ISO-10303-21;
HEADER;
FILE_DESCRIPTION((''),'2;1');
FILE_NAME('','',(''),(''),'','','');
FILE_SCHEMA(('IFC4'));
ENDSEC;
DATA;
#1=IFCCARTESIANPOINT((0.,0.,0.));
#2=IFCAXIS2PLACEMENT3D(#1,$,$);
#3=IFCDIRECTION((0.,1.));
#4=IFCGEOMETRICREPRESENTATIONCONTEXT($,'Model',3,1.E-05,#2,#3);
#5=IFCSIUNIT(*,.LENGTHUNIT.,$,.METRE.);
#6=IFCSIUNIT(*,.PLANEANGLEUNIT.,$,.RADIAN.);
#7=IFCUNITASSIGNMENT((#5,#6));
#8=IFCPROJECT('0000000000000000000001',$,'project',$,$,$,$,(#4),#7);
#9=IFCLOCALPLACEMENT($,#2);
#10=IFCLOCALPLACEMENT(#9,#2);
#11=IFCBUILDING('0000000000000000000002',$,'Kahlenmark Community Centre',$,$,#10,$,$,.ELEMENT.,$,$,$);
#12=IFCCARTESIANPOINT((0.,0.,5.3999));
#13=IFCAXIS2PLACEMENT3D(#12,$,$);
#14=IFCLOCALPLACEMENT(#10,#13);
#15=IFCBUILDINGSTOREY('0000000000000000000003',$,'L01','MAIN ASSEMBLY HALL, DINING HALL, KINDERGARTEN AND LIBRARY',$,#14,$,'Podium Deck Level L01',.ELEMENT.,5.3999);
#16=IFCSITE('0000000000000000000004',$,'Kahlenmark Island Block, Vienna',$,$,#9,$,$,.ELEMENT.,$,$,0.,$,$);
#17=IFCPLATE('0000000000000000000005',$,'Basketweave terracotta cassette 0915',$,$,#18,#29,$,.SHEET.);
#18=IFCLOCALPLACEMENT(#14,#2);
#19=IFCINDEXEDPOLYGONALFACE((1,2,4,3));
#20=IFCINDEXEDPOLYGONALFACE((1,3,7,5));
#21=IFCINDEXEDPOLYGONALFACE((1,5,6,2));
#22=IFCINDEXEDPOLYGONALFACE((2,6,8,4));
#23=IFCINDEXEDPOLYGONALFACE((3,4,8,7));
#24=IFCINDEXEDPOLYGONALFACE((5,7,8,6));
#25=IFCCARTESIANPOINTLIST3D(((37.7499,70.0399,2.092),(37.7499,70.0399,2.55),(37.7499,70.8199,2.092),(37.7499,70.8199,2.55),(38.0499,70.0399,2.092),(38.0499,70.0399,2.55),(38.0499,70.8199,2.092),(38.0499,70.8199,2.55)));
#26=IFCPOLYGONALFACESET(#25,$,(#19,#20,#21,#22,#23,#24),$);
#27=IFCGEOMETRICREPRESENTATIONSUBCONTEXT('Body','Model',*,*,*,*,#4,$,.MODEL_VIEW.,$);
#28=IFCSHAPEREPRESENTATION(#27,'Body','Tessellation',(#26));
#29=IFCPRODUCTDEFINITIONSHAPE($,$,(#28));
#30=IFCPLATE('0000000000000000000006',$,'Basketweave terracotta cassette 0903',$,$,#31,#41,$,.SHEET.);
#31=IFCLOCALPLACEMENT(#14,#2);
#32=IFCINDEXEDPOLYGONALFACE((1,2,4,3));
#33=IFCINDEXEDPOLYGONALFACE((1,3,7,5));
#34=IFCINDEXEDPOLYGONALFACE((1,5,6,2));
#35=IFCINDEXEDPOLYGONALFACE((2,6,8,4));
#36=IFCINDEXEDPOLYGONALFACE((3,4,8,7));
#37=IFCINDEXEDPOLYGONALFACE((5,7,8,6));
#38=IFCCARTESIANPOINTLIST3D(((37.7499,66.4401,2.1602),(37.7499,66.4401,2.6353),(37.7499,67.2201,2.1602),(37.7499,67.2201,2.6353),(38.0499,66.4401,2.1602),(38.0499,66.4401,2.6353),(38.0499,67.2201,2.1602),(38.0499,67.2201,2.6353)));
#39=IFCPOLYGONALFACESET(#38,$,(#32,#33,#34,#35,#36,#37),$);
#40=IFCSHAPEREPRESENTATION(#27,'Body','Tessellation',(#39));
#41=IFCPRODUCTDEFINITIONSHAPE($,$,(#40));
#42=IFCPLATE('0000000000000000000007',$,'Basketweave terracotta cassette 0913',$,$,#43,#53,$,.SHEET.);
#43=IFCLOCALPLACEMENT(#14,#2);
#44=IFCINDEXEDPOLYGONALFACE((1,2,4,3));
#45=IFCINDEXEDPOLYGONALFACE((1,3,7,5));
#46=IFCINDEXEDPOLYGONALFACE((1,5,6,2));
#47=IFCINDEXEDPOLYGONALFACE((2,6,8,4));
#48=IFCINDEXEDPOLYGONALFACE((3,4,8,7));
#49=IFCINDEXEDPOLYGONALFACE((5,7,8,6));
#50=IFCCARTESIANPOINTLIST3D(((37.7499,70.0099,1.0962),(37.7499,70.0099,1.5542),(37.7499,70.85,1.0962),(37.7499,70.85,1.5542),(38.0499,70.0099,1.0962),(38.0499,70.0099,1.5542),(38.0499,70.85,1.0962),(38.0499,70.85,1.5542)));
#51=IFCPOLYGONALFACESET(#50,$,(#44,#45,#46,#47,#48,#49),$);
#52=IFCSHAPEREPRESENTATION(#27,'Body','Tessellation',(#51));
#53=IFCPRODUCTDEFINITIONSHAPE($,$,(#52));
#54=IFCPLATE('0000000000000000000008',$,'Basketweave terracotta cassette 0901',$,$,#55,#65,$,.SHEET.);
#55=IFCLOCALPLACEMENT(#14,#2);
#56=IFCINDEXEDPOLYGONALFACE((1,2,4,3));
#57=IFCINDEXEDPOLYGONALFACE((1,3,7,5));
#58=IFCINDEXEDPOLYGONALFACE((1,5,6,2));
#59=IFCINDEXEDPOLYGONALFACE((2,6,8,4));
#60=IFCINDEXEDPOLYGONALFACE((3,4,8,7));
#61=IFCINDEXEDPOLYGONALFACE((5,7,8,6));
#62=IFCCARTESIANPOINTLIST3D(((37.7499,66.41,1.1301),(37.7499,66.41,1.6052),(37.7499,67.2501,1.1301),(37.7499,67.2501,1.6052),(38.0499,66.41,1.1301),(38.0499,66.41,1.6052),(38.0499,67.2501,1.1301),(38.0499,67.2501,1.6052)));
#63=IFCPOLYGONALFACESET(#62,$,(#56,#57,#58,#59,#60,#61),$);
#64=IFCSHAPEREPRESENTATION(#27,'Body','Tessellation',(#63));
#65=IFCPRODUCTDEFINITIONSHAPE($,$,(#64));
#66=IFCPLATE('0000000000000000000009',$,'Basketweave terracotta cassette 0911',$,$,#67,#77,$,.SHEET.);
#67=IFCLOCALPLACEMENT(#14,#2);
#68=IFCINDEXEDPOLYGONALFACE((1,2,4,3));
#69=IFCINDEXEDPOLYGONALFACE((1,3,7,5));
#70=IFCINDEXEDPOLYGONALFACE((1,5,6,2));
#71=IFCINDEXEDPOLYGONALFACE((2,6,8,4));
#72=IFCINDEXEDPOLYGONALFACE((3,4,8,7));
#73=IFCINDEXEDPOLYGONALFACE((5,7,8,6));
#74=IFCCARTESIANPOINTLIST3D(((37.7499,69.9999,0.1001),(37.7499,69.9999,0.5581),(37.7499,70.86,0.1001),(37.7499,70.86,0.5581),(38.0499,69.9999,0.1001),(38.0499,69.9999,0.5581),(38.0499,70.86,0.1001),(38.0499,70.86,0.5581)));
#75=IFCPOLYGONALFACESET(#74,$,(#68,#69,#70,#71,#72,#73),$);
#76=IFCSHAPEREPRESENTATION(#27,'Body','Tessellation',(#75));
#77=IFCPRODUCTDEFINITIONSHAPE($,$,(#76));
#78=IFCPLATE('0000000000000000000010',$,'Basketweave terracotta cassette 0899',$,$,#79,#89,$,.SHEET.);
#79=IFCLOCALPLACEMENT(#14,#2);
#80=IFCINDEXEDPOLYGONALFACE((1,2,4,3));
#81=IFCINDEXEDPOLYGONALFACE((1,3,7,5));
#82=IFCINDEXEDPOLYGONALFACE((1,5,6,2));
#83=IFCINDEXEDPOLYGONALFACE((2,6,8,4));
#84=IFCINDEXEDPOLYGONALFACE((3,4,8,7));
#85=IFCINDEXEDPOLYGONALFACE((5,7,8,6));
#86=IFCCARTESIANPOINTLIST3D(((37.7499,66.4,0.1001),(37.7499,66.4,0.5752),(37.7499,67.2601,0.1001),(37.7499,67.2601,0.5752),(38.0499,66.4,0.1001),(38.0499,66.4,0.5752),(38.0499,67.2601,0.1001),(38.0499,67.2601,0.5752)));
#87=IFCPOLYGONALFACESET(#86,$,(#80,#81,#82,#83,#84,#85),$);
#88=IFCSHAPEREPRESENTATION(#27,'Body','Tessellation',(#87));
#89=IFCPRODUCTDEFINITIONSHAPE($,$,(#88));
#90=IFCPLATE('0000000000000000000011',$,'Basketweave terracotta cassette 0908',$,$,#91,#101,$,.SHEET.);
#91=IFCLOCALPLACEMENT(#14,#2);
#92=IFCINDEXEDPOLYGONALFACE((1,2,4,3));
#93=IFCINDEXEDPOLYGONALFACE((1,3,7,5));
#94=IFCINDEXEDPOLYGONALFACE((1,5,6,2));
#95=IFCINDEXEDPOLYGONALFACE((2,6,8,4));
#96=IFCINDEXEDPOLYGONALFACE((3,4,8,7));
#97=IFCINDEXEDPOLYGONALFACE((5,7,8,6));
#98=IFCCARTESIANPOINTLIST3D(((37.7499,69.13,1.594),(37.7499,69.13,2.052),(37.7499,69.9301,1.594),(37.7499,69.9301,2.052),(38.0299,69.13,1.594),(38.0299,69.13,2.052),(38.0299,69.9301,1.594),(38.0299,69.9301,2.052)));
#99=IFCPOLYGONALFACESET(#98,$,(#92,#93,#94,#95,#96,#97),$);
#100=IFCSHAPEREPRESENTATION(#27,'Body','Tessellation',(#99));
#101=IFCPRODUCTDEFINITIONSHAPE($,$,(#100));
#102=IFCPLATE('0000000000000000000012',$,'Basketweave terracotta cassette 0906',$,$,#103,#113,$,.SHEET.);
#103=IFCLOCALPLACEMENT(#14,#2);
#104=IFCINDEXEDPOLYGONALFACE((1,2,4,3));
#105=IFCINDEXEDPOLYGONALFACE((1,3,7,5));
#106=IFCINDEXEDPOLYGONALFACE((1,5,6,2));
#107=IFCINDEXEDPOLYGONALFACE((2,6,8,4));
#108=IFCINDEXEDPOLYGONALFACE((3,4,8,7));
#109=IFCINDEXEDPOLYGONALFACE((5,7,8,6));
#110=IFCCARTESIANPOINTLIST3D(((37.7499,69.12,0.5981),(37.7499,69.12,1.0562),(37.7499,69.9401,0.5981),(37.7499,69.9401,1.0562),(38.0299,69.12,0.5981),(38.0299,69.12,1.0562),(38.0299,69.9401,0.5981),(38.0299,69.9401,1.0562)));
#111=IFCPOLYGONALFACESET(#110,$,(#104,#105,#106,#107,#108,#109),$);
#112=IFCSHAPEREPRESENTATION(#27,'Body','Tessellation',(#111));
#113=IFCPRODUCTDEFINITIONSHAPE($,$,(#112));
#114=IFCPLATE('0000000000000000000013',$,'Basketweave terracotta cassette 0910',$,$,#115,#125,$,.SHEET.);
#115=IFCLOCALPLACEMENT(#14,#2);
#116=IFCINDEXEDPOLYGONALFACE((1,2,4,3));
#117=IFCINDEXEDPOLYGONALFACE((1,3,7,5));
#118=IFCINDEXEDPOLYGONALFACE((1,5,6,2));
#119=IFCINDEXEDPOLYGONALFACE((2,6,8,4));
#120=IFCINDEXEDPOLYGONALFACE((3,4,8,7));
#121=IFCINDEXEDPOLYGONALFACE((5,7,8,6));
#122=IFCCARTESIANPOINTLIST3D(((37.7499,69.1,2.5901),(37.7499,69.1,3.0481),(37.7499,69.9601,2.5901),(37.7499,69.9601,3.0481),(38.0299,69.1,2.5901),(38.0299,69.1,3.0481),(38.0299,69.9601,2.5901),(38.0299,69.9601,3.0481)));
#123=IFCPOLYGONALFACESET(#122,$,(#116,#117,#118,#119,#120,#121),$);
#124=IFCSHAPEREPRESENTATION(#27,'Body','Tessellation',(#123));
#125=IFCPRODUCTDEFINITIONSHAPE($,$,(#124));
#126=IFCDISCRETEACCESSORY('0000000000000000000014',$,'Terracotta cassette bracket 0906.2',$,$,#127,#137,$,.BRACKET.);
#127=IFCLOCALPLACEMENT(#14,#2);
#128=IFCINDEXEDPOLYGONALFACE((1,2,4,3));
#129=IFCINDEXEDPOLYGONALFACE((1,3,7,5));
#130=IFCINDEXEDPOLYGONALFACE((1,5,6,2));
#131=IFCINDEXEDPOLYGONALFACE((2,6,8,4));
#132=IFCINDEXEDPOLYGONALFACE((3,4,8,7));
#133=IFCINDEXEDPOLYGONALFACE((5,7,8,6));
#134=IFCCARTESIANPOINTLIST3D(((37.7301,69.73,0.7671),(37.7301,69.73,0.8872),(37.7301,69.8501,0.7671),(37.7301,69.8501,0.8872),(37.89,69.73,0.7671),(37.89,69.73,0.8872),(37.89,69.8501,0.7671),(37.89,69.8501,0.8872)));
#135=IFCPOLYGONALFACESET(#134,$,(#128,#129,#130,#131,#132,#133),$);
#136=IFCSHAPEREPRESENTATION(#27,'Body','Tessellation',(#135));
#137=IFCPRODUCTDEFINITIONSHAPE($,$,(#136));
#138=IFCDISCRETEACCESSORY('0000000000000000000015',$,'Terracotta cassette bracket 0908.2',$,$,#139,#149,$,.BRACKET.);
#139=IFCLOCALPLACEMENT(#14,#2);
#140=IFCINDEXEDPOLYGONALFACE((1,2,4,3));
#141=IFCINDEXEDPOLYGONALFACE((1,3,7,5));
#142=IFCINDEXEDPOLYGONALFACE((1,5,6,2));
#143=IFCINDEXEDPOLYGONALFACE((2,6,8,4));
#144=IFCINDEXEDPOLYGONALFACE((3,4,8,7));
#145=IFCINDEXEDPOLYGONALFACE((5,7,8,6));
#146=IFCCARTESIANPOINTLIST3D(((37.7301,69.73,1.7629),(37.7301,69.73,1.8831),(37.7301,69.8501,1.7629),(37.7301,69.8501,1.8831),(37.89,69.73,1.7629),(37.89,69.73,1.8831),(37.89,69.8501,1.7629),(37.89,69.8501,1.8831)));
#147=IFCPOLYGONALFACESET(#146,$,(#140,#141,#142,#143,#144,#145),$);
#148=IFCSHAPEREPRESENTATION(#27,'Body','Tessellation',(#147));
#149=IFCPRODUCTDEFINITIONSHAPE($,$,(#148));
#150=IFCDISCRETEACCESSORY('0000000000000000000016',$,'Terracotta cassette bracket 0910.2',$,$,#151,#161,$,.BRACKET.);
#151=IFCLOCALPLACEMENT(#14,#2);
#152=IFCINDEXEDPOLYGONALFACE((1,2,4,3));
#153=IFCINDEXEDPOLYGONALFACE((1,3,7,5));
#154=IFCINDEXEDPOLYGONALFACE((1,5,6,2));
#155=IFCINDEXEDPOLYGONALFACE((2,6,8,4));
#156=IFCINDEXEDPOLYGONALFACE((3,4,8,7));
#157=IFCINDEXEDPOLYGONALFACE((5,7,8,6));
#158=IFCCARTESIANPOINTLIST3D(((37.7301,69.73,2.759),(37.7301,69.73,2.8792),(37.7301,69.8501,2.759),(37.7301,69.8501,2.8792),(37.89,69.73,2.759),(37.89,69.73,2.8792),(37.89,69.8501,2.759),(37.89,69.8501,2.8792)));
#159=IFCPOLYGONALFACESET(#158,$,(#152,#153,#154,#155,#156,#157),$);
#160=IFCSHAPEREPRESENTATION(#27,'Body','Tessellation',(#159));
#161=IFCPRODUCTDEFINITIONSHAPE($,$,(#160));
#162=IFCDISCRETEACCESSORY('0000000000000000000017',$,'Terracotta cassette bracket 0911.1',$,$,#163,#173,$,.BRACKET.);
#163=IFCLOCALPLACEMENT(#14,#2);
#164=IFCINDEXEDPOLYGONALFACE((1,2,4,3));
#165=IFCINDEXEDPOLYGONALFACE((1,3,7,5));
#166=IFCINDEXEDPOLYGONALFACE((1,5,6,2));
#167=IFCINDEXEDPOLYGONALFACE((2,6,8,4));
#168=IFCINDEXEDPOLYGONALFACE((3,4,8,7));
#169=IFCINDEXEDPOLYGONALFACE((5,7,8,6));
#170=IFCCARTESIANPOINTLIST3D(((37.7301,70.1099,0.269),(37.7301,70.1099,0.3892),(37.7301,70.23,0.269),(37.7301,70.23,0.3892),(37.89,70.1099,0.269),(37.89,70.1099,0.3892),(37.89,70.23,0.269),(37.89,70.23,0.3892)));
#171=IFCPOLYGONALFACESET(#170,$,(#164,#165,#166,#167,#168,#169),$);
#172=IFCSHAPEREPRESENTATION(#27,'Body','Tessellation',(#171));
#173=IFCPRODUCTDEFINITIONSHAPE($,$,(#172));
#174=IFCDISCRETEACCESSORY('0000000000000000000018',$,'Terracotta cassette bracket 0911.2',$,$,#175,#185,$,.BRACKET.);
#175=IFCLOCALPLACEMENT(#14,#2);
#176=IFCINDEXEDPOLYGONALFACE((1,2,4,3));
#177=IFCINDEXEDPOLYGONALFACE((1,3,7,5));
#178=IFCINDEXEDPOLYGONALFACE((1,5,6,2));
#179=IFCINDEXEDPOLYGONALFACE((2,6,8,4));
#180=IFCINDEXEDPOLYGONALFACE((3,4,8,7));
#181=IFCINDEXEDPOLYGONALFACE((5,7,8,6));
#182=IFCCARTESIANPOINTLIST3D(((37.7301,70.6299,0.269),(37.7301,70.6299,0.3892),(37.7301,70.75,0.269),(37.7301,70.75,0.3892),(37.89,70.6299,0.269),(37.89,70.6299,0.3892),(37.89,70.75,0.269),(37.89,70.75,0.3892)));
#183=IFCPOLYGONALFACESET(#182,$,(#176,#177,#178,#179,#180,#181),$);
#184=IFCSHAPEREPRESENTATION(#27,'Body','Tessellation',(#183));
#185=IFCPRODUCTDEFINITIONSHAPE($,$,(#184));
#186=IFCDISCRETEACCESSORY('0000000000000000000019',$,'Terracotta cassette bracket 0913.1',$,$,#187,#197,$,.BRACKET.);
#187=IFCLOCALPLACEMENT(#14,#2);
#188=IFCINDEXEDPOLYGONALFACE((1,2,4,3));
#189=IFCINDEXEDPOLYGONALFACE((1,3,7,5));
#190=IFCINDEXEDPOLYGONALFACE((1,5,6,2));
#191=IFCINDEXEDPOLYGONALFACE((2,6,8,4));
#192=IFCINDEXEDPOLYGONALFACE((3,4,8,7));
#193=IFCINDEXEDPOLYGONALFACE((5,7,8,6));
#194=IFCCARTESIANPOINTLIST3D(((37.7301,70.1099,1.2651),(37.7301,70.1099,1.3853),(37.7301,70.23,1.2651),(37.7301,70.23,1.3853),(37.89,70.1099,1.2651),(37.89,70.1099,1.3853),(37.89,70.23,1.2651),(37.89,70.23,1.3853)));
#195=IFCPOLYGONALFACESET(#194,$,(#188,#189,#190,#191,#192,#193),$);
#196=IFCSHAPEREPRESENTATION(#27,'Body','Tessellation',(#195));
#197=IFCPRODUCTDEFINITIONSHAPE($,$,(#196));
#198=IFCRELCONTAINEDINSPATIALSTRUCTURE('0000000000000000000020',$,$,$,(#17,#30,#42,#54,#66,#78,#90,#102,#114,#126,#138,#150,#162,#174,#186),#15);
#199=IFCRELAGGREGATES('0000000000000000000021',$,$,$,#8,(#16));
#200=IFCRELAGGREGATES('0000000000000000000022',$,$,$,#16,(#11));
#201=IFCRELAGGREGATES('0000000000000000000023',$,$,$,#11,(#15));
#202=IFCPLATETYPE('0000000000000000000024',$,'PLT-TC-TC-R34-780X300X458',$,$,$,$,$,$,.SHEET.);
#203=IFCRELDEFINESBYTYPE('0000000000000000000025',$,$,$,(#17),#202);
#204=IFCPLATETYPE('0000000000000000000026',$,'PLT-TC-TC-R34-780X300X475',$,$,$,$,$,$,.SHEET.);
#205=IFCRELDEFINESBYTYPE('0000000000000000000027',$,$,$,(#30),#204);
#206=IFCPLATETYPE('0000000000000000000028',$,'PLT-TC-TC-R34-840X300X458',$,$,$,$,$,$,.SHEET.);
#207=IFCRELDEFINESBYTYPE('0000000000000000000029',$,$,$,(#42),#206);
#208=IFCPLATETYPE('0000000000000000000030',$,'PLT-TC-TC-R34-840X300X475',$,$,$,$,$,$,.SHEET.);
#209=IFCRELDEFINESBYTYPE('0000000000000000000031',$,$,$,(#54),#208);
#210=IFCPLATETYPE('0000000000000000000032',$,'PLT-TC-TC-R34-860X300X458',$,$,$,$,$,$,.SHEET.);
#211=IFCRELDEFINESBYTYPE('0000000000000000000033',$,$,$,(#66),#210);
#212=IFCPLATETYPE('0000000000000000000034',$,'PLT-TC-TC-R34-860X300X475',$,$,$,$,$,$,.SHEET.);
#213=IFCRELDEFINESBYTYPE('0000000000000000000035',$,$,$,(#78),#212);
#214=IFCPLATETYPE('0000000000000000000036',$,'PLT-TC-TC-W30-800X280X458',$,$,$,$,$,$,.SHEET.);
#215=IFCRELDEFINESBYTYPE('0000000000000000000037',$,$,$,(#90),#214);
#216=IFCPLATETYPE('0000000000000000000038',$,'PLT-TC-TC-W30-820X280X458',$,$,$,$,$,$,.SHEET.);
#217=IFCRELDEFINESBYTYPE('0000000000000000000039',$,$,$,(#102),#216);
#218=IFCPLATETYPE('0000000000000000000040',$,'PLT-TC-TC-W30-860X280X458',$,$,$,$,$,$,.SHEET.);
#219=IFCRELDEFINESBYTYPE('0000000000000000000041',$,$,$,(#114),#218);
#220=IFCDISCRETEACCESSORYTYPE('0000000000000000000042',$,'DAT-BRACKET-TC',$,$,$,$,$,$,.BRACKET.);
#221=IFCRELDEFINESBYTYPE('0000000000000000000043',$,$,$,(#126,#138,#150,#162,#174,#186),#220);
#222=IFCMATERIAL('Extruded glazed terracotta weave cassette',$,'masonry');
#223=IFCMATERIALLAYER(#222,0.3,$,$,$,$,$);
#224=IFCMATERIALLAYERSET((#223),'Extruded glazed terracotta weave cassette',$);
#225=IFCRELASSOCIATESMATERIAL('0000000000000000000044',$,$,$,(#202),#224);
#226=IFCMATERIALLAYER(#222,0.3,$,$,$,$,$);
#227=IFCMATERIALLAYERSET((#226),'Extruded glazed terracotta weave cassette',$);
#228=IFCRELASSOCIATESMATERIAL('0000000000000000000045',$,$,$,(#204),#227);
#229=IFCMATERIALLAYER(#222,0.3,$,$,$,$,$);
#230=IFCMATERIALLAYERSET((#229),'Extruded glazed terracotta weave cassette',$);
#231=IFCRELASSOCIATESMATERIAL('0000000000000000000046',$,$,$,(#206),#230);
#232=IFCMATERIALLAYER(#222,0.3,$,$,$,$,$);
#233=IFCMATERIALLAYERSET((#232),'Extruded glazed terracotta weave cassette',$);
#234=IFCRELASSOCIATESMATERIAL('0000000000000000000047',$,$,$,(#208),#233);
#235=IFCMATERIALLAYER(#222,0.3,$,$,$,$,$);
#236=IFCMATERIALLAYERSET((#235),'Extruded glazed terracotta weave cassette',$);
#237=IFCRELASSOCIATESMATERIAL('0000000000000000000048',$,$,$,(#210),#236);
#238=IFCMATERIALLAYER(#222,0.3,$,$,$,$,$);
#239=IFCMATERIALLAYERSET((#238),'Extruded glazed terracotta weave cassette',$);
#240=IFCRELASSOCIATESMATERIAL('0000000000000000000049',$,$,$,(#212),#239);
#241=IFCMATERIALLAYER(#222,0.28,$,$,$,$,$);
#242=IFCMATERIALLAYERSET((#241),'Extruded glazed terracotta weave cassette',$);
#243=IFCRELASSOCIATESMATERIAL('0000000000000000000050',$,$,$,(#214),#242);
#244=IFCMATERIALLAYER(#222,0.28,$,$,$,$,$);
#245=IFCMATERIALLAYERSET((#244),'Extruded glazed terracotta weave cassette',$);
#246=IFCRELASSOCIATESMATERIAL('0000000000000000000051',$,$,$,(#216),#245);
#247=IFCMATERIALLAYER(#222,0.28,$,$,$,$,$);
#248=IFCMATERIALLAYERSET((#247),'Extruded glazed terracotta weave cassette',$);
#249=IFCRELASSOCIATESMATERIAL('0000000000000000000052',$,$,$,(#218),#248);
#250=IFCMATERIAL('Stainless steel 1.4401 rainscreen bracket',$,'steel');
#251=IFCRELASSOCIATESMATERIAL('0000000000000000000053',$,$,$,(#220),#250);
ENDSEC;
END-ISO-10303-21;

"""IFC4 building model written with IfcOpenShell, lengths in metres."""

from ifc_helpers import new_model, si_unit, direction, frame, origin, origin_2d, place, context, subcontext, project, spatial, rectangle, extrude, material, layer, layer_set, type_object, element, save


model = new_model("IFC4")

# Units and contexts
model_context = context("Model", 3, precision=1e-05, world=origin(), true_north=direction((0.0, 1.0)))
body_context = subcontext(model_context, "Body", "Model", "MODEL_VIEW")
ifc_project = project(units=[si_unit("LENGTHUNIT", "METRE"), si_unit("PLANEANGLEUNIT", "RADIAN")], contexts=[model_context])

# Site, building, storey
site_placement = place(None, origin())
site = spatial("IfcSite", under=ifc_project, at=site_placement, Name="Kahlenmark Island Block, Vienna", CompositionType="ELEMENT", RefElevation=0.0)
building_placement = place(site_placement, origin())
building = spatial("IfcBuilding", under=site, at=building_placement, Name="Kahlenmark Community Centre", CompositionType="ELEMENT")
storey_placement = place(building_placement, frame((0.0, 0.0, 5.3999)))
storey = spatial("IfcBuildingStorey", under=building, at=storey_placement, Name="L01", Description="MAIN ASSEMBLY HALL, DINING HALL, KINDERGARTEN AND LIBRARY", LongName="Podium Deck Level L01", CompositionType="ELEMENT", Elevation=5.3999)

# Plates
ifc_material_1 = material(Name="Extruded glazed terracotta weave cassette", Category="masonry")
ifc_layer_1 = layer(ifc_material_1, 0.3)
ifc_layer_set_1 = layer_set([ifc_layer_1], Name="Extruded glazed terracotta weave cassette")
plate_type_1 = type_object("IfcPlateType", Name="PLT-TC-TC-R34-780X300X458", PredefinedType="SHEET", material=ifc_layer_set_1)
plate_1_placement = place(storey_placement, frame((37.8999, 70.4299, 2.092), z_axis=(0.0, 0.0, 1.0), x_axis=(0.0, 1.0, 0.0)))
element("IfcPlate", 1, at=plate_1_placement, inside=storey, type_object=plate_type_1, Name="Basketweave terracotta cassette 0915", PredefinedType="SHEET", context=body_context, shape_type="SweptSolid", body=[
    extrude(rectangle(XDim=0.78, YDim=0.3, at=origin_2d()), origin(), (0.0, 0.0, 1.0), 0.458),
])
ifc_layer_2 = layer(ifc_material_1, 0.3)
ifc_layer_set_2 = layer_set([ifc_layer_2], Name="Extruded glazed terracotta weave cassette")
plate_type_2 = type_object("IfcPlateType", Name="PLT-TC-TC-R34-780X300X475", PredefinedType="SHEET", material=ifc_layer_set_2)
plate_2_placement = place(storey_placement, frame((37.8999, 66.8301, 2.1602), z_axis=(0.0, 0.0, 1.0), x_axis=(0.0, 1.0, 0.0)))
element("IfcPlate", 2, at=plate_2_placement, inside=storey, type_object=plate_type_2, Name="Basketweave terracotta cassette 0903", PredefinedType="SHEET", context=body_context, shape_type="SweptSolid", body=[
    extrude(rectangle(XDim=0.78, YDim=0.3, at=origin_2d()), origin(), (0.0, 0.0, 1.0), 0.4751),
])
ifc_layer_3 = layer(ifc_material_1, 0.3)
ifc_layer_set_3 = layer_set([ifc_layer_3], Name="Extruded glazed terracotta weave cassette")
plate_type_3 = type_object("IfcPlateType", Name="PLT-TC-TC-R34-840X300X458", PredefinedType="SHEET", material=ifc_layer_set_3)
plate_3_placement = place(storey_placement, frame((37.8999, 70.4299, 1.0962), z_axis=(0.0, 0.0, 1.0), x_axis=(0.0, 1.0, 0.0)))
element("IfcPlate", 3, at=plate_3_placement, inside=storey, type_object=plate_type_3, Name="Basketweave terracotta cassette 0913", PredefinedType="SHEET", context=body_context, shape_type="SweptSolid", body=[
    extrude(rectangle(XDim=0.8401, YDim=0.3, at=origin_2d()), origin(), (0.0, 0.0, 1.0), 0.458),
])
ifc_layer_4 = layer(ifc_material_1, 0.3)
ifc_layer_set_4 = layer_set([ifc_layer_4], Name="Extruded glazed terracotta weave cassette")
plate_type_4 = type_object("IfcPlateType", Name="PLT-TC-TC-R34-840X300X475", PredefinedType="SHEET", material=ifc_layer_set_4)
plate_4_placement = place(storey_placement, frame((37.8999, 66.8301, 1.1301), z_axis=(0.0, 0.0, 1.0), x_axis=(0.0, 1.0, 0.0)))
element("IfcPlate", 4, at=plate_4_placement, inside=storey, type_object=plate_type_4, Name="Basketweave terracotta cassette 0901", PredefinedType="SHEET", context=body_context, shape_type="SweptSolid", body=[
    extrude(rectangle(XDim=0.8401, YDim=0.3, at=origin_2d()), origin(), (0.0, 0.0, 1.0), 0.4751),
])
ifc_layer_5 = layer(ifc_material_1, 0.3)
ifc_layer_set_5 = layer_set([ifc_layer_5], Name="Extruded glazed terracotta weave cassette")
plate_type_5 = type_object("IfcPlateType", Name="PLT-TC-TC-R34-860X300X458", PredefinedType="SHEET", material=ifc_layer_set_5)
plate_5_placement = place(storey_placement, frame((37.8999, 70.4299, 0.1001), z_axis=(0.0, 0.0, 1.0), x_axis=(0.0, 1.0, 0.0)))
element("IfcPlate", 5, at=plate_5_placement, inside=storey, type_object=plate_type_5, Name="Basketweave terracotta cassette 0911", PredefinedType="SHEET", context=body_context, shape_type="SweptSolid", body=[
    extrude(rectangle(XDim=0.8601, YDim=0.3, at=origin_2d()), origin(), (0.0, 0.0, 1.0), 0.458),
])
ifc_layer_6 = layer(ifc_material_1, 0.3)
ifc_layer_set_6 = layer_set([ifc_layer_6], Name="Extruded glazed terracotta weave cassette")
plate_type_6 = type_object("IfcPlateType", Name="PLT-TC-TC-R34-860X300X475", PredefinedType="SHEET", material=ifc_layer_set_6)
plate_6_placement = place(storey_placement, frame((37.8999, 66.8301, 0.1001), z_axis=(0.0, 0.0, 1.0), x_axis=(0.0, 1.0, 0.0)))
element("IfcPlate", 6, at=plate_6_placement, inside=storey, type_object=plate_type_6, Name="Basketweave terracotta cassette 0899", PredefinedType="SHEET", context=body_context, shape_type="SweptSolid", body=[
    extrude(rectangle(XDim=0.8601, YDim=0.3, at=origin_2d()), origin(), (0.0, 0.0, 1.0), 0.4751),
])
ifc_layer_7 = layer(ifc_material_1, 0.28)
ifc_layer_set_7 = layer_set([ifc_layer_7], Name="Extruded glazed terracotta weave cassette")
plate_type_7 = type_object("IfcPlateType", Name="PLT-TC-TC-W30-800X280X458", PredefinedType="SHEET", material=ifc_layer_set_7)
plate_7_placement = place(storey_placement, frame((37.8899, 69.53, 1.594), z_axis=(0.0, 0.0, 1.0), x_axis=(0.0, 1.0, 0.0)))
element("IfcPlate", 7, at=plate_7_placement, inside=storey, type_object=plate_type_7, Name="Basketweave terracotta cassette 0908", PredefinedType="SHEET", context=body_context, shape_type="SweptSolid", body=[
    extrude(rectangle(XDim=0.8, YDim=0.28, at=origin_2d()), origin(), (0.0, 0.0, 1.0), 0.458),
])
ifc_layer_8 = layer(ifc_material_1, 0.28)
ifc_layer_set_8 = layer_set([ifc_layer_8], Name="Extruded glazed terracotta weave cassette")
plate_type_8 = type_object("IfcPlateType", Name="PLT-TC-TC-W30-820X280X458", PredefinedType="SHEET", material=ifc_layer_set_8)
plate_8_placement = place(storey_placement, frame((37.8899, 69.53, 0.5981), z_axis=(0.0, 0.0, 1.0), x_axis=(0.0, 1.0, 0.0)))
element("IfcPlate", 8, at=plate_8_placement, inside=storey, type_object=plate_type_8, Name="Basketweave terracotta cassette 0906", PredefinedType="SHEET", context=body_context, shape_type="SweptSolid", body=[
    extrude(rectangle(XDim=0.8201, YDim=0.28, at=origin_2d()), origin(), (0.0, 0.0, 1.0), 0.458),
])
ifc_layer_9 = layer(ifc_material_1, 0.28)
ifc_layer_set_9 = layer_set([ifc_layer_9], Name="Extruded glazed terracotta weave cassette")
plate_type_9 = type_object("IfcPlateType", Name="PLT-TC-TC-W30-860X280X458", PredefinedType="SHEET", material=ifc_layer_set_9)
plate_9_placement = place(storey_placement, frame((37.8899, 69.53, 2.5901), z_axis=(0.0, 0.0, 1.0), x_axis=(0.0, 1.0, 0.0)))
element("IfcPlate", 9, at=plate_9_placement, inside=storey, type_object=plate_type_9, Name="Basketweave terracotta cassette 0910", PredefinedType="SHEET", context=body_context, shape_type="SweptSolid", body=[
    extrude(rectangle(XDim=0.8601, YDim=0.28, at=origin_2d()), origin(), (0.0, 0.0, 1.0), 0.458),
])

# Discrete accessories
ifc_material_2 = material(Name="Stainless steel 1.4401 rainscreen bracket", Category="steel")
discrete_accessory_type = type_object("IfcDiscreteAccessoryType", Name="DAT-BRACKET-TC", PredefinedType="BRACKET", material=ifc_material_2)
for number, where, z_axis, x_axis, name in (
    (10, (37.8101, 69.79, 0.7671), (0.0, 0.0, 1.0), (0.0, 1.0, 0.0), "Terracotta cassette bracket 0906.2"),
    (11, (37.8101, 69.79, 1.7629), (0.0, 0.0, 1.0), (0.0, 1.0, 0.0), "Terracotta cassette bracket 0908.2"),
    (12, (37.8101, 69.79, 2.759), (0.0, 0.0, 1.0), (0.0, 1.0, 0.0), "Terracotta cassette bracket 0910.2"),
    (13, (37.8101, 70.1699, 0.269), (0.0, 0.0, 1.0), (0.0, 1.0, 0.0), "Terracotta cassette bracket 0911.1"),
    (14, (37.8101, 70.6899, 0.269), (0.0, 0.0, 1.0), (0.0, 1.0, 0.0), "Terracotta cassette bracket 0911.2"),
    (15, (37.8101, 70.1699, 1.2651), (0.0, 0.0, 1.0), (0.0, 1.0, 0.0), "Terracotta cassette bracket 0913.1"),
):
    element("IfcDiscreteAccessory", number, at=place(storey_placement, frame(where, z_axis=z_axis, x_axis=x_axis)), inside=storey, type_object=discrete_accessory_type, Name=name, PredefinedType="BRACKET", context=body_context, shape_type="SweptSolid", body=[
        extrude(rectangle(XDim=0.1201, YDim=0.1599, at=origin_2d()), origin(), (0.0, 0.0, 1.0), 0.1201),
    ])

save(model, "model.ifc")
